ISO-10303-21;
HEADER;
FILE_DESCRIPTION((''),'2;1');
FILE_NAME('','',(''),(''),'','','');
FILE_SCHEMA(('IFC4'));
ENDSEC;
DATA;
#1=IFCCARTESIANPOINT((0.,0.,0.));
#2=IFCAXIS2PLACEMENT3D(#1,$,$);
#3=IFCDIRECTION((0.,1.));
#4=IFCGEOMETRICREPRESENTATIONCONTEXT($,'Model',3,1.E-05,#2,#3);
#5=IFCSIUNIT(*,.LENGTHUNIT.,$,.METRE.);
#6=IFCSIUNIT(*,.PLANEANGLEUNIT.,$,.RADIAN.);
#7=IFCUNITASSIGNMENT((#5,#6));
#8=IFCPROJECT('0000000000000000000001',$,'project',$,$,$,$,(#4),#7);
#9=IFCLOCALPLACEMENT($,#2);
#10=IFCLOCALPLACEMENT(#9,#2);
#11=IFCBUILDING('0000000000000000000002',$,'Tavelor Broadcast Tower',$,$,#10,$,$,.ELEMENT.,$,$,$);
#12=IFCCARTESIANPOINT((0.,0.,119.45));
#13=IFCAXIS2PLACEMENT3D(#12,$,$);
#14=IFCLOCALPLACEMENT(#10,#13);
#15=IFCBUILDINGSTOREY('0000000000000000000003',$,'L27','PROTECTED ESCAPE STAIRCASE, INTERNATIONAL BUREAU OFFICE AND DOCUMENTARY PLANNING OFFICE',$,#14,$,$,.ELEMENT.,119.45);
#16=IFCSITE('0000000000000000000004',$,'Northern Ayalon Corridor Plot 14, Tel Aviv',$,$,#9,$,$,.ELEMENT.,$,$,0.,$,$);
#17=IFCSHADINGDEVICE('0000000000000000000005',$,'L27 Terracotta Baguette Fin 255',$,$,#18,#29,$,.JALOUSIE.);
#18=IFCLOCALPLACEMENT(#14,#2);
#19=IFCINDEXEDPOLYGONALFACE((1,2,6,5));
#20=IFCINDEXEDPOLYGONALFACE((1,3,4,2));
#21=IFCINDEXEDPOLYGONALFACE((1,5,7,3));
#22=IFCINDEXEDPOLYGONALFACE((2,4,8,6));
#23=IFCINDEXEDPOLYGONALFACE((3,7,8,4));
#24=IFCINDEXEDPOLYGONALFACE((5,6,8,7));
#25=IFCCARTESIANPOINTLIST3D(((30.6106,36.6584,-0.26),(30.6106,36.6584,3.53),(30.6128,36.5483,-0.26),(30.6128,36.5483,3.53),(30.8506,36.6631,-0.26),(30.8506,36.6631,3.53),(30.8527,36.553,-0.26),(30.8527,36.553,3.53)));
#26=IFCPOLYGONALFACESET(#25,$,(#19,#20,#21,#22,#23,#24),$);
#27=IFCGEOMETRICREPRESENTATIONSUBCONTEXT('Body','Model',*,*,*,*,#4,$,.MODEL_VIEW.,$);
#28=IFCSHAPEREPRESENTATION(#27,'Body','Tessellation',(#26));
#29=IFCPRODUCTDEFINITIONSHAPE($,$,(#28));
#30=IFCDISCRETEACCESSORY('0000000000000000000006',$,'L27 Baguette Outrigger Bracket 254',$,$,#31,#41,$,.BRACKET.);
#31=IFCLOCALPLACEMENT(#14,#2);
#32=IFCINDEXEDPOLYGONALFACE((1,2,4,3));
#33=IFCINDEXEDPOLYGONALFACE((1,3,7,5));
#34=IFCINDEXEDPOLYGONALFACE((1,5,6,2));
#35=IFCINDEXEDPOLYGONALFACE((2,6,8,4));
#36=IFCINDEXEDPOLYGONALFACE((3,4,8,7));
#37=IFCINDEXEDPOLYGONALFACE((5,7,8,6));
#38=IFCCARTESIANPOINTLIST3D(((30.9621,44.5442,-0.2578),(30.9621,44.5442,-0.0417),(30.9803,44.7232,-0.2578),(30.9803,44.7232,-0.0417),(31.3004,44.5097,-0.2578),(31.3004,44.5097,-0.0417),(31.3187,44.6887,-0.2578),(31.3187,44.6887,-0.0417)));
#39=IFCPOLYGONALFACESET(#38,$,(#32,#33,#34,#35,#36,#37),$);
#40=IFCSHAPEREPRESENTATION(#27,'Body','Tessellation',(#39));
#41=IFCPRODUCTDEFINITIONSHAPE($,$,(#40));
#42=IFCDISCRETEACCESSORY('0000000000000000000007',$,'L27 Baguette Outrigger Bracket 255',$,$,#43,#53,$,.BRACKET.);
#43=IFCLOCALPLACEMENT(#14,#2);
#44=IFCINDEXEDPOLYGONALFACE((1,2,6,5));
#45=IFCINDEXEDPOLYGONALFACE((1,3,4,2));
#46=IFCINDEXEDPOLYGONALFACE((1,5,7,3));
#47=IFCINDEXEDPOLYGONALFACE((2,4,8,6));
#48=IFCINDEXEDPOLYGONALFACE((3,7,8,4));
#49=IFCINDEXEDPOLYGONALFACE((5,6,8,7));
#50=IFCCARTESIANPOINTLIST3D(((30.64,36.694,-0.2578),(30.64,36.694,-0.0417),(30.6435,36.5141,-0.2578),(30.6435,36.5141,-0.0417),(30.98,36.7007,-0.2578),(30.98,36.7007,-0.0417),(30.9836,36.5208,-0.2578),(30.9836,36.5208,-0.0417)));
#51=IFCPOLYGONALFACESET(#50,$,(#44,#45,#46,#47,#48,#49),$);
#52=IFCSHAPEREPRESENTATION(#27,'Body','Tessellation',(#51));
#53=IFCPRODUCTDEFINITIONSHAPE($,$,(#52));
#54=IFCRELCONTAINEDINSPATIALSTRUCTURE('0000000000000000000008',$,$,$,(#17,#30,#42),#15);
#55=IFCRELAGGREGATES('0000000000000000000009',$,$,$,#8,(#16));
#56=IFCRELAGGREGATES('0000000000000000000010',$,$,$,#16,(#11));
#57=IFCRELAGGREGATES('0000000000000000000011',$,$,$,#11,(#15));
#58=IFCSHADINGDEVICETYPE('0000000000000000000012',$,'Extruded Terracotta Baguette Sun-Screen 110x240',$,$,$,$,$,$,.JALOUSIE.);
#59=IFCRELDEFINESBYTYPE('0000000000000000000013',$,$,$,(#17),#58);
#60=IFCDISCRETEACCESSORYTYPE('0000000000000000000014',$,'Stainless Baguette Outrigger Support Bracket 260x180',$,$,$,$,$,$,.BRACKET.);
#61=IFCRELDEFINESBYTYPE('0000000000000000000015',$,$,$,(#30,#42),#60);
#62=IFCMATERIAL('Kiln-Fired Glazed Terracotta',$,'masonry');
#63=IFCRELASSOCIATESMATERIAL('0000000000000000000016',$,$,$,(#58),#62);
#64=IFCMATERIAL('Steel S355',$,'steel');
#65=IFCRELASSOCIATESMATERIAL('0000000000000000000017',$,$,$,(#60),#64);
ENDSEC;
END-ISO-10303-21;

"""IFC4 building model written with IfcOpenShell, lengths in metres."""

from ifc_helpers import new_model, si_unit, direction, frame, origin, origin_2d, place, context, subcontext, project, spatial, rectangle, extrude, source, transform, mapped, material, type_object, type_shapes, element, save


model = new_model("IFC4")

# Units and contexts
model_context = context("Model", 3, precision=1e-05, world=origin(), true_north=direction((0.0, 1.0)))
body_context = subcontext(model_context, "Body", "Model", "MODEL_VIEW")
ifc_project = project(units=[si_unit("LENGTHUNIT", "METRE"), si_unit("PLANEANGLEUNIT", "RADIAN")], contexts=[model_context])

# Site, building, storey
site_placement = place(None, origin())
site = spatial("IfcSite", under=ifc_project, at=site_placement, Name="Northern Ayalon Corridor Plot 14, Tel Aviv", CompositionType="ELEMENT", RefElevation=0.0)
building_placement = place(site_placement, origin())
building = spatial("IfcBuilding", under=site, at=building_placement, Name="Tavelor Broadcast Tower", CompositionType="ELEMENT")
storey_placement = place(building_placement, frame((0.0, 0.0, 119.45)))
storey = spatial("IfcBuildingStorey", under=building, at=storey_placement, Name="L27", Description="PROTECTED ESCAPE STAIRCASE, INTERNATIONAL BUREAU OFFICE AND DOCUMENTARY PLANNING OFFICE", CompositionType="ELEMENT", Elevation=119.45)

# Shared definitions
ifc_material_1 = material(Name="Steel S355", Category="steel")

# Shading device
ifc_material_2 = material(Name="Kiln-Fired Glazed Terracotta", Category="masonry")
shading_device_type = type_object("IfcShadingDeviceType", Name="Extruded Terracotta Baguette Sun-Screen 110x240", PredefinedType="JALOUSIE", material=ifc_material_2)
shared_shape_1 = source(origin(), body_context, "Body", "SweptSolid", [
    extrude(rectangle(XDim=0.1101, YDim=0.24, at=origin_2d()), origin(), (0.0, 0.0, 1.0), 3.79),
])
type_shapes(shading_device_type, [shared_shape_1])
for number, where, z_axis, x_axis, name in (
    (1, (30.7317, 36.6057, -0.26), (0.0, 0.0, 1.0), (0.019721, -0.999806, 0.0), "L27 Terracotta Baguette Fin 255"),
):
    element("IfcShadingDevice", number, at=place(storey_placement, frame(where, z_axis=z_axis, x_axis=x_axis)), inside=storey, type_object=shading_device_type, Name=name, PredefinedType="JALOUSIE", context=body_context, shape_type="MappedRepresentation", body=[
        mapped(shared_shape_1, transform((0.0, 0.0, 0.0), scale=1.0)),
    ])

# Discrete accessories
discrete_accessory_type = type_object("IfcDiscreteAccessoryType", Name="Stainless Baguette Outrigger Support Bracket 260x180", PredefinedType="BRACKET", material=ifc_material_1)
shared_shape_2 = source(origin(), body_context, "Body", "SweptSolid", [
    extrude(rectangle(XDim=0.1799, YDim=0.3401, at=origin_2d()), origin(), (0.0, 0.0, 1.0), 0.2161),
])
type_shapes(discrete_accessory_type, [shared_shape_2])
for number, where, z_axis, x_axis, name in (
    (2, (31.1404, 44.6165, -0.2578), (0.0, 0.0, 1.0), (-0.101404, -0.994845, 0.0), "L27 Baguette Outrigger Bracket 254"),
    (3, (30.8118, 36.6074, -0.2578), (0.0, 0.0, 1.0), (0.019721, -0.999806, 0.0), "L27 Baguette Outrigger Bracket 255"),
):
    element("IfcDiscreteAccessory", number, at=place(storey_placement, frame(where, z_axis=z_axis, x_axis=x_axis)), inside=storey, type_object=discrete_accessory_type, Name=name, PredefinedType="BRACKET", context=body_context, shape_type="MappedRepresentation", body=[
        mapped(shared_shape_2, transform((0.0, 0.0, 0.0), scale=1.0)),
    ])

save(model, "model.ifc")
